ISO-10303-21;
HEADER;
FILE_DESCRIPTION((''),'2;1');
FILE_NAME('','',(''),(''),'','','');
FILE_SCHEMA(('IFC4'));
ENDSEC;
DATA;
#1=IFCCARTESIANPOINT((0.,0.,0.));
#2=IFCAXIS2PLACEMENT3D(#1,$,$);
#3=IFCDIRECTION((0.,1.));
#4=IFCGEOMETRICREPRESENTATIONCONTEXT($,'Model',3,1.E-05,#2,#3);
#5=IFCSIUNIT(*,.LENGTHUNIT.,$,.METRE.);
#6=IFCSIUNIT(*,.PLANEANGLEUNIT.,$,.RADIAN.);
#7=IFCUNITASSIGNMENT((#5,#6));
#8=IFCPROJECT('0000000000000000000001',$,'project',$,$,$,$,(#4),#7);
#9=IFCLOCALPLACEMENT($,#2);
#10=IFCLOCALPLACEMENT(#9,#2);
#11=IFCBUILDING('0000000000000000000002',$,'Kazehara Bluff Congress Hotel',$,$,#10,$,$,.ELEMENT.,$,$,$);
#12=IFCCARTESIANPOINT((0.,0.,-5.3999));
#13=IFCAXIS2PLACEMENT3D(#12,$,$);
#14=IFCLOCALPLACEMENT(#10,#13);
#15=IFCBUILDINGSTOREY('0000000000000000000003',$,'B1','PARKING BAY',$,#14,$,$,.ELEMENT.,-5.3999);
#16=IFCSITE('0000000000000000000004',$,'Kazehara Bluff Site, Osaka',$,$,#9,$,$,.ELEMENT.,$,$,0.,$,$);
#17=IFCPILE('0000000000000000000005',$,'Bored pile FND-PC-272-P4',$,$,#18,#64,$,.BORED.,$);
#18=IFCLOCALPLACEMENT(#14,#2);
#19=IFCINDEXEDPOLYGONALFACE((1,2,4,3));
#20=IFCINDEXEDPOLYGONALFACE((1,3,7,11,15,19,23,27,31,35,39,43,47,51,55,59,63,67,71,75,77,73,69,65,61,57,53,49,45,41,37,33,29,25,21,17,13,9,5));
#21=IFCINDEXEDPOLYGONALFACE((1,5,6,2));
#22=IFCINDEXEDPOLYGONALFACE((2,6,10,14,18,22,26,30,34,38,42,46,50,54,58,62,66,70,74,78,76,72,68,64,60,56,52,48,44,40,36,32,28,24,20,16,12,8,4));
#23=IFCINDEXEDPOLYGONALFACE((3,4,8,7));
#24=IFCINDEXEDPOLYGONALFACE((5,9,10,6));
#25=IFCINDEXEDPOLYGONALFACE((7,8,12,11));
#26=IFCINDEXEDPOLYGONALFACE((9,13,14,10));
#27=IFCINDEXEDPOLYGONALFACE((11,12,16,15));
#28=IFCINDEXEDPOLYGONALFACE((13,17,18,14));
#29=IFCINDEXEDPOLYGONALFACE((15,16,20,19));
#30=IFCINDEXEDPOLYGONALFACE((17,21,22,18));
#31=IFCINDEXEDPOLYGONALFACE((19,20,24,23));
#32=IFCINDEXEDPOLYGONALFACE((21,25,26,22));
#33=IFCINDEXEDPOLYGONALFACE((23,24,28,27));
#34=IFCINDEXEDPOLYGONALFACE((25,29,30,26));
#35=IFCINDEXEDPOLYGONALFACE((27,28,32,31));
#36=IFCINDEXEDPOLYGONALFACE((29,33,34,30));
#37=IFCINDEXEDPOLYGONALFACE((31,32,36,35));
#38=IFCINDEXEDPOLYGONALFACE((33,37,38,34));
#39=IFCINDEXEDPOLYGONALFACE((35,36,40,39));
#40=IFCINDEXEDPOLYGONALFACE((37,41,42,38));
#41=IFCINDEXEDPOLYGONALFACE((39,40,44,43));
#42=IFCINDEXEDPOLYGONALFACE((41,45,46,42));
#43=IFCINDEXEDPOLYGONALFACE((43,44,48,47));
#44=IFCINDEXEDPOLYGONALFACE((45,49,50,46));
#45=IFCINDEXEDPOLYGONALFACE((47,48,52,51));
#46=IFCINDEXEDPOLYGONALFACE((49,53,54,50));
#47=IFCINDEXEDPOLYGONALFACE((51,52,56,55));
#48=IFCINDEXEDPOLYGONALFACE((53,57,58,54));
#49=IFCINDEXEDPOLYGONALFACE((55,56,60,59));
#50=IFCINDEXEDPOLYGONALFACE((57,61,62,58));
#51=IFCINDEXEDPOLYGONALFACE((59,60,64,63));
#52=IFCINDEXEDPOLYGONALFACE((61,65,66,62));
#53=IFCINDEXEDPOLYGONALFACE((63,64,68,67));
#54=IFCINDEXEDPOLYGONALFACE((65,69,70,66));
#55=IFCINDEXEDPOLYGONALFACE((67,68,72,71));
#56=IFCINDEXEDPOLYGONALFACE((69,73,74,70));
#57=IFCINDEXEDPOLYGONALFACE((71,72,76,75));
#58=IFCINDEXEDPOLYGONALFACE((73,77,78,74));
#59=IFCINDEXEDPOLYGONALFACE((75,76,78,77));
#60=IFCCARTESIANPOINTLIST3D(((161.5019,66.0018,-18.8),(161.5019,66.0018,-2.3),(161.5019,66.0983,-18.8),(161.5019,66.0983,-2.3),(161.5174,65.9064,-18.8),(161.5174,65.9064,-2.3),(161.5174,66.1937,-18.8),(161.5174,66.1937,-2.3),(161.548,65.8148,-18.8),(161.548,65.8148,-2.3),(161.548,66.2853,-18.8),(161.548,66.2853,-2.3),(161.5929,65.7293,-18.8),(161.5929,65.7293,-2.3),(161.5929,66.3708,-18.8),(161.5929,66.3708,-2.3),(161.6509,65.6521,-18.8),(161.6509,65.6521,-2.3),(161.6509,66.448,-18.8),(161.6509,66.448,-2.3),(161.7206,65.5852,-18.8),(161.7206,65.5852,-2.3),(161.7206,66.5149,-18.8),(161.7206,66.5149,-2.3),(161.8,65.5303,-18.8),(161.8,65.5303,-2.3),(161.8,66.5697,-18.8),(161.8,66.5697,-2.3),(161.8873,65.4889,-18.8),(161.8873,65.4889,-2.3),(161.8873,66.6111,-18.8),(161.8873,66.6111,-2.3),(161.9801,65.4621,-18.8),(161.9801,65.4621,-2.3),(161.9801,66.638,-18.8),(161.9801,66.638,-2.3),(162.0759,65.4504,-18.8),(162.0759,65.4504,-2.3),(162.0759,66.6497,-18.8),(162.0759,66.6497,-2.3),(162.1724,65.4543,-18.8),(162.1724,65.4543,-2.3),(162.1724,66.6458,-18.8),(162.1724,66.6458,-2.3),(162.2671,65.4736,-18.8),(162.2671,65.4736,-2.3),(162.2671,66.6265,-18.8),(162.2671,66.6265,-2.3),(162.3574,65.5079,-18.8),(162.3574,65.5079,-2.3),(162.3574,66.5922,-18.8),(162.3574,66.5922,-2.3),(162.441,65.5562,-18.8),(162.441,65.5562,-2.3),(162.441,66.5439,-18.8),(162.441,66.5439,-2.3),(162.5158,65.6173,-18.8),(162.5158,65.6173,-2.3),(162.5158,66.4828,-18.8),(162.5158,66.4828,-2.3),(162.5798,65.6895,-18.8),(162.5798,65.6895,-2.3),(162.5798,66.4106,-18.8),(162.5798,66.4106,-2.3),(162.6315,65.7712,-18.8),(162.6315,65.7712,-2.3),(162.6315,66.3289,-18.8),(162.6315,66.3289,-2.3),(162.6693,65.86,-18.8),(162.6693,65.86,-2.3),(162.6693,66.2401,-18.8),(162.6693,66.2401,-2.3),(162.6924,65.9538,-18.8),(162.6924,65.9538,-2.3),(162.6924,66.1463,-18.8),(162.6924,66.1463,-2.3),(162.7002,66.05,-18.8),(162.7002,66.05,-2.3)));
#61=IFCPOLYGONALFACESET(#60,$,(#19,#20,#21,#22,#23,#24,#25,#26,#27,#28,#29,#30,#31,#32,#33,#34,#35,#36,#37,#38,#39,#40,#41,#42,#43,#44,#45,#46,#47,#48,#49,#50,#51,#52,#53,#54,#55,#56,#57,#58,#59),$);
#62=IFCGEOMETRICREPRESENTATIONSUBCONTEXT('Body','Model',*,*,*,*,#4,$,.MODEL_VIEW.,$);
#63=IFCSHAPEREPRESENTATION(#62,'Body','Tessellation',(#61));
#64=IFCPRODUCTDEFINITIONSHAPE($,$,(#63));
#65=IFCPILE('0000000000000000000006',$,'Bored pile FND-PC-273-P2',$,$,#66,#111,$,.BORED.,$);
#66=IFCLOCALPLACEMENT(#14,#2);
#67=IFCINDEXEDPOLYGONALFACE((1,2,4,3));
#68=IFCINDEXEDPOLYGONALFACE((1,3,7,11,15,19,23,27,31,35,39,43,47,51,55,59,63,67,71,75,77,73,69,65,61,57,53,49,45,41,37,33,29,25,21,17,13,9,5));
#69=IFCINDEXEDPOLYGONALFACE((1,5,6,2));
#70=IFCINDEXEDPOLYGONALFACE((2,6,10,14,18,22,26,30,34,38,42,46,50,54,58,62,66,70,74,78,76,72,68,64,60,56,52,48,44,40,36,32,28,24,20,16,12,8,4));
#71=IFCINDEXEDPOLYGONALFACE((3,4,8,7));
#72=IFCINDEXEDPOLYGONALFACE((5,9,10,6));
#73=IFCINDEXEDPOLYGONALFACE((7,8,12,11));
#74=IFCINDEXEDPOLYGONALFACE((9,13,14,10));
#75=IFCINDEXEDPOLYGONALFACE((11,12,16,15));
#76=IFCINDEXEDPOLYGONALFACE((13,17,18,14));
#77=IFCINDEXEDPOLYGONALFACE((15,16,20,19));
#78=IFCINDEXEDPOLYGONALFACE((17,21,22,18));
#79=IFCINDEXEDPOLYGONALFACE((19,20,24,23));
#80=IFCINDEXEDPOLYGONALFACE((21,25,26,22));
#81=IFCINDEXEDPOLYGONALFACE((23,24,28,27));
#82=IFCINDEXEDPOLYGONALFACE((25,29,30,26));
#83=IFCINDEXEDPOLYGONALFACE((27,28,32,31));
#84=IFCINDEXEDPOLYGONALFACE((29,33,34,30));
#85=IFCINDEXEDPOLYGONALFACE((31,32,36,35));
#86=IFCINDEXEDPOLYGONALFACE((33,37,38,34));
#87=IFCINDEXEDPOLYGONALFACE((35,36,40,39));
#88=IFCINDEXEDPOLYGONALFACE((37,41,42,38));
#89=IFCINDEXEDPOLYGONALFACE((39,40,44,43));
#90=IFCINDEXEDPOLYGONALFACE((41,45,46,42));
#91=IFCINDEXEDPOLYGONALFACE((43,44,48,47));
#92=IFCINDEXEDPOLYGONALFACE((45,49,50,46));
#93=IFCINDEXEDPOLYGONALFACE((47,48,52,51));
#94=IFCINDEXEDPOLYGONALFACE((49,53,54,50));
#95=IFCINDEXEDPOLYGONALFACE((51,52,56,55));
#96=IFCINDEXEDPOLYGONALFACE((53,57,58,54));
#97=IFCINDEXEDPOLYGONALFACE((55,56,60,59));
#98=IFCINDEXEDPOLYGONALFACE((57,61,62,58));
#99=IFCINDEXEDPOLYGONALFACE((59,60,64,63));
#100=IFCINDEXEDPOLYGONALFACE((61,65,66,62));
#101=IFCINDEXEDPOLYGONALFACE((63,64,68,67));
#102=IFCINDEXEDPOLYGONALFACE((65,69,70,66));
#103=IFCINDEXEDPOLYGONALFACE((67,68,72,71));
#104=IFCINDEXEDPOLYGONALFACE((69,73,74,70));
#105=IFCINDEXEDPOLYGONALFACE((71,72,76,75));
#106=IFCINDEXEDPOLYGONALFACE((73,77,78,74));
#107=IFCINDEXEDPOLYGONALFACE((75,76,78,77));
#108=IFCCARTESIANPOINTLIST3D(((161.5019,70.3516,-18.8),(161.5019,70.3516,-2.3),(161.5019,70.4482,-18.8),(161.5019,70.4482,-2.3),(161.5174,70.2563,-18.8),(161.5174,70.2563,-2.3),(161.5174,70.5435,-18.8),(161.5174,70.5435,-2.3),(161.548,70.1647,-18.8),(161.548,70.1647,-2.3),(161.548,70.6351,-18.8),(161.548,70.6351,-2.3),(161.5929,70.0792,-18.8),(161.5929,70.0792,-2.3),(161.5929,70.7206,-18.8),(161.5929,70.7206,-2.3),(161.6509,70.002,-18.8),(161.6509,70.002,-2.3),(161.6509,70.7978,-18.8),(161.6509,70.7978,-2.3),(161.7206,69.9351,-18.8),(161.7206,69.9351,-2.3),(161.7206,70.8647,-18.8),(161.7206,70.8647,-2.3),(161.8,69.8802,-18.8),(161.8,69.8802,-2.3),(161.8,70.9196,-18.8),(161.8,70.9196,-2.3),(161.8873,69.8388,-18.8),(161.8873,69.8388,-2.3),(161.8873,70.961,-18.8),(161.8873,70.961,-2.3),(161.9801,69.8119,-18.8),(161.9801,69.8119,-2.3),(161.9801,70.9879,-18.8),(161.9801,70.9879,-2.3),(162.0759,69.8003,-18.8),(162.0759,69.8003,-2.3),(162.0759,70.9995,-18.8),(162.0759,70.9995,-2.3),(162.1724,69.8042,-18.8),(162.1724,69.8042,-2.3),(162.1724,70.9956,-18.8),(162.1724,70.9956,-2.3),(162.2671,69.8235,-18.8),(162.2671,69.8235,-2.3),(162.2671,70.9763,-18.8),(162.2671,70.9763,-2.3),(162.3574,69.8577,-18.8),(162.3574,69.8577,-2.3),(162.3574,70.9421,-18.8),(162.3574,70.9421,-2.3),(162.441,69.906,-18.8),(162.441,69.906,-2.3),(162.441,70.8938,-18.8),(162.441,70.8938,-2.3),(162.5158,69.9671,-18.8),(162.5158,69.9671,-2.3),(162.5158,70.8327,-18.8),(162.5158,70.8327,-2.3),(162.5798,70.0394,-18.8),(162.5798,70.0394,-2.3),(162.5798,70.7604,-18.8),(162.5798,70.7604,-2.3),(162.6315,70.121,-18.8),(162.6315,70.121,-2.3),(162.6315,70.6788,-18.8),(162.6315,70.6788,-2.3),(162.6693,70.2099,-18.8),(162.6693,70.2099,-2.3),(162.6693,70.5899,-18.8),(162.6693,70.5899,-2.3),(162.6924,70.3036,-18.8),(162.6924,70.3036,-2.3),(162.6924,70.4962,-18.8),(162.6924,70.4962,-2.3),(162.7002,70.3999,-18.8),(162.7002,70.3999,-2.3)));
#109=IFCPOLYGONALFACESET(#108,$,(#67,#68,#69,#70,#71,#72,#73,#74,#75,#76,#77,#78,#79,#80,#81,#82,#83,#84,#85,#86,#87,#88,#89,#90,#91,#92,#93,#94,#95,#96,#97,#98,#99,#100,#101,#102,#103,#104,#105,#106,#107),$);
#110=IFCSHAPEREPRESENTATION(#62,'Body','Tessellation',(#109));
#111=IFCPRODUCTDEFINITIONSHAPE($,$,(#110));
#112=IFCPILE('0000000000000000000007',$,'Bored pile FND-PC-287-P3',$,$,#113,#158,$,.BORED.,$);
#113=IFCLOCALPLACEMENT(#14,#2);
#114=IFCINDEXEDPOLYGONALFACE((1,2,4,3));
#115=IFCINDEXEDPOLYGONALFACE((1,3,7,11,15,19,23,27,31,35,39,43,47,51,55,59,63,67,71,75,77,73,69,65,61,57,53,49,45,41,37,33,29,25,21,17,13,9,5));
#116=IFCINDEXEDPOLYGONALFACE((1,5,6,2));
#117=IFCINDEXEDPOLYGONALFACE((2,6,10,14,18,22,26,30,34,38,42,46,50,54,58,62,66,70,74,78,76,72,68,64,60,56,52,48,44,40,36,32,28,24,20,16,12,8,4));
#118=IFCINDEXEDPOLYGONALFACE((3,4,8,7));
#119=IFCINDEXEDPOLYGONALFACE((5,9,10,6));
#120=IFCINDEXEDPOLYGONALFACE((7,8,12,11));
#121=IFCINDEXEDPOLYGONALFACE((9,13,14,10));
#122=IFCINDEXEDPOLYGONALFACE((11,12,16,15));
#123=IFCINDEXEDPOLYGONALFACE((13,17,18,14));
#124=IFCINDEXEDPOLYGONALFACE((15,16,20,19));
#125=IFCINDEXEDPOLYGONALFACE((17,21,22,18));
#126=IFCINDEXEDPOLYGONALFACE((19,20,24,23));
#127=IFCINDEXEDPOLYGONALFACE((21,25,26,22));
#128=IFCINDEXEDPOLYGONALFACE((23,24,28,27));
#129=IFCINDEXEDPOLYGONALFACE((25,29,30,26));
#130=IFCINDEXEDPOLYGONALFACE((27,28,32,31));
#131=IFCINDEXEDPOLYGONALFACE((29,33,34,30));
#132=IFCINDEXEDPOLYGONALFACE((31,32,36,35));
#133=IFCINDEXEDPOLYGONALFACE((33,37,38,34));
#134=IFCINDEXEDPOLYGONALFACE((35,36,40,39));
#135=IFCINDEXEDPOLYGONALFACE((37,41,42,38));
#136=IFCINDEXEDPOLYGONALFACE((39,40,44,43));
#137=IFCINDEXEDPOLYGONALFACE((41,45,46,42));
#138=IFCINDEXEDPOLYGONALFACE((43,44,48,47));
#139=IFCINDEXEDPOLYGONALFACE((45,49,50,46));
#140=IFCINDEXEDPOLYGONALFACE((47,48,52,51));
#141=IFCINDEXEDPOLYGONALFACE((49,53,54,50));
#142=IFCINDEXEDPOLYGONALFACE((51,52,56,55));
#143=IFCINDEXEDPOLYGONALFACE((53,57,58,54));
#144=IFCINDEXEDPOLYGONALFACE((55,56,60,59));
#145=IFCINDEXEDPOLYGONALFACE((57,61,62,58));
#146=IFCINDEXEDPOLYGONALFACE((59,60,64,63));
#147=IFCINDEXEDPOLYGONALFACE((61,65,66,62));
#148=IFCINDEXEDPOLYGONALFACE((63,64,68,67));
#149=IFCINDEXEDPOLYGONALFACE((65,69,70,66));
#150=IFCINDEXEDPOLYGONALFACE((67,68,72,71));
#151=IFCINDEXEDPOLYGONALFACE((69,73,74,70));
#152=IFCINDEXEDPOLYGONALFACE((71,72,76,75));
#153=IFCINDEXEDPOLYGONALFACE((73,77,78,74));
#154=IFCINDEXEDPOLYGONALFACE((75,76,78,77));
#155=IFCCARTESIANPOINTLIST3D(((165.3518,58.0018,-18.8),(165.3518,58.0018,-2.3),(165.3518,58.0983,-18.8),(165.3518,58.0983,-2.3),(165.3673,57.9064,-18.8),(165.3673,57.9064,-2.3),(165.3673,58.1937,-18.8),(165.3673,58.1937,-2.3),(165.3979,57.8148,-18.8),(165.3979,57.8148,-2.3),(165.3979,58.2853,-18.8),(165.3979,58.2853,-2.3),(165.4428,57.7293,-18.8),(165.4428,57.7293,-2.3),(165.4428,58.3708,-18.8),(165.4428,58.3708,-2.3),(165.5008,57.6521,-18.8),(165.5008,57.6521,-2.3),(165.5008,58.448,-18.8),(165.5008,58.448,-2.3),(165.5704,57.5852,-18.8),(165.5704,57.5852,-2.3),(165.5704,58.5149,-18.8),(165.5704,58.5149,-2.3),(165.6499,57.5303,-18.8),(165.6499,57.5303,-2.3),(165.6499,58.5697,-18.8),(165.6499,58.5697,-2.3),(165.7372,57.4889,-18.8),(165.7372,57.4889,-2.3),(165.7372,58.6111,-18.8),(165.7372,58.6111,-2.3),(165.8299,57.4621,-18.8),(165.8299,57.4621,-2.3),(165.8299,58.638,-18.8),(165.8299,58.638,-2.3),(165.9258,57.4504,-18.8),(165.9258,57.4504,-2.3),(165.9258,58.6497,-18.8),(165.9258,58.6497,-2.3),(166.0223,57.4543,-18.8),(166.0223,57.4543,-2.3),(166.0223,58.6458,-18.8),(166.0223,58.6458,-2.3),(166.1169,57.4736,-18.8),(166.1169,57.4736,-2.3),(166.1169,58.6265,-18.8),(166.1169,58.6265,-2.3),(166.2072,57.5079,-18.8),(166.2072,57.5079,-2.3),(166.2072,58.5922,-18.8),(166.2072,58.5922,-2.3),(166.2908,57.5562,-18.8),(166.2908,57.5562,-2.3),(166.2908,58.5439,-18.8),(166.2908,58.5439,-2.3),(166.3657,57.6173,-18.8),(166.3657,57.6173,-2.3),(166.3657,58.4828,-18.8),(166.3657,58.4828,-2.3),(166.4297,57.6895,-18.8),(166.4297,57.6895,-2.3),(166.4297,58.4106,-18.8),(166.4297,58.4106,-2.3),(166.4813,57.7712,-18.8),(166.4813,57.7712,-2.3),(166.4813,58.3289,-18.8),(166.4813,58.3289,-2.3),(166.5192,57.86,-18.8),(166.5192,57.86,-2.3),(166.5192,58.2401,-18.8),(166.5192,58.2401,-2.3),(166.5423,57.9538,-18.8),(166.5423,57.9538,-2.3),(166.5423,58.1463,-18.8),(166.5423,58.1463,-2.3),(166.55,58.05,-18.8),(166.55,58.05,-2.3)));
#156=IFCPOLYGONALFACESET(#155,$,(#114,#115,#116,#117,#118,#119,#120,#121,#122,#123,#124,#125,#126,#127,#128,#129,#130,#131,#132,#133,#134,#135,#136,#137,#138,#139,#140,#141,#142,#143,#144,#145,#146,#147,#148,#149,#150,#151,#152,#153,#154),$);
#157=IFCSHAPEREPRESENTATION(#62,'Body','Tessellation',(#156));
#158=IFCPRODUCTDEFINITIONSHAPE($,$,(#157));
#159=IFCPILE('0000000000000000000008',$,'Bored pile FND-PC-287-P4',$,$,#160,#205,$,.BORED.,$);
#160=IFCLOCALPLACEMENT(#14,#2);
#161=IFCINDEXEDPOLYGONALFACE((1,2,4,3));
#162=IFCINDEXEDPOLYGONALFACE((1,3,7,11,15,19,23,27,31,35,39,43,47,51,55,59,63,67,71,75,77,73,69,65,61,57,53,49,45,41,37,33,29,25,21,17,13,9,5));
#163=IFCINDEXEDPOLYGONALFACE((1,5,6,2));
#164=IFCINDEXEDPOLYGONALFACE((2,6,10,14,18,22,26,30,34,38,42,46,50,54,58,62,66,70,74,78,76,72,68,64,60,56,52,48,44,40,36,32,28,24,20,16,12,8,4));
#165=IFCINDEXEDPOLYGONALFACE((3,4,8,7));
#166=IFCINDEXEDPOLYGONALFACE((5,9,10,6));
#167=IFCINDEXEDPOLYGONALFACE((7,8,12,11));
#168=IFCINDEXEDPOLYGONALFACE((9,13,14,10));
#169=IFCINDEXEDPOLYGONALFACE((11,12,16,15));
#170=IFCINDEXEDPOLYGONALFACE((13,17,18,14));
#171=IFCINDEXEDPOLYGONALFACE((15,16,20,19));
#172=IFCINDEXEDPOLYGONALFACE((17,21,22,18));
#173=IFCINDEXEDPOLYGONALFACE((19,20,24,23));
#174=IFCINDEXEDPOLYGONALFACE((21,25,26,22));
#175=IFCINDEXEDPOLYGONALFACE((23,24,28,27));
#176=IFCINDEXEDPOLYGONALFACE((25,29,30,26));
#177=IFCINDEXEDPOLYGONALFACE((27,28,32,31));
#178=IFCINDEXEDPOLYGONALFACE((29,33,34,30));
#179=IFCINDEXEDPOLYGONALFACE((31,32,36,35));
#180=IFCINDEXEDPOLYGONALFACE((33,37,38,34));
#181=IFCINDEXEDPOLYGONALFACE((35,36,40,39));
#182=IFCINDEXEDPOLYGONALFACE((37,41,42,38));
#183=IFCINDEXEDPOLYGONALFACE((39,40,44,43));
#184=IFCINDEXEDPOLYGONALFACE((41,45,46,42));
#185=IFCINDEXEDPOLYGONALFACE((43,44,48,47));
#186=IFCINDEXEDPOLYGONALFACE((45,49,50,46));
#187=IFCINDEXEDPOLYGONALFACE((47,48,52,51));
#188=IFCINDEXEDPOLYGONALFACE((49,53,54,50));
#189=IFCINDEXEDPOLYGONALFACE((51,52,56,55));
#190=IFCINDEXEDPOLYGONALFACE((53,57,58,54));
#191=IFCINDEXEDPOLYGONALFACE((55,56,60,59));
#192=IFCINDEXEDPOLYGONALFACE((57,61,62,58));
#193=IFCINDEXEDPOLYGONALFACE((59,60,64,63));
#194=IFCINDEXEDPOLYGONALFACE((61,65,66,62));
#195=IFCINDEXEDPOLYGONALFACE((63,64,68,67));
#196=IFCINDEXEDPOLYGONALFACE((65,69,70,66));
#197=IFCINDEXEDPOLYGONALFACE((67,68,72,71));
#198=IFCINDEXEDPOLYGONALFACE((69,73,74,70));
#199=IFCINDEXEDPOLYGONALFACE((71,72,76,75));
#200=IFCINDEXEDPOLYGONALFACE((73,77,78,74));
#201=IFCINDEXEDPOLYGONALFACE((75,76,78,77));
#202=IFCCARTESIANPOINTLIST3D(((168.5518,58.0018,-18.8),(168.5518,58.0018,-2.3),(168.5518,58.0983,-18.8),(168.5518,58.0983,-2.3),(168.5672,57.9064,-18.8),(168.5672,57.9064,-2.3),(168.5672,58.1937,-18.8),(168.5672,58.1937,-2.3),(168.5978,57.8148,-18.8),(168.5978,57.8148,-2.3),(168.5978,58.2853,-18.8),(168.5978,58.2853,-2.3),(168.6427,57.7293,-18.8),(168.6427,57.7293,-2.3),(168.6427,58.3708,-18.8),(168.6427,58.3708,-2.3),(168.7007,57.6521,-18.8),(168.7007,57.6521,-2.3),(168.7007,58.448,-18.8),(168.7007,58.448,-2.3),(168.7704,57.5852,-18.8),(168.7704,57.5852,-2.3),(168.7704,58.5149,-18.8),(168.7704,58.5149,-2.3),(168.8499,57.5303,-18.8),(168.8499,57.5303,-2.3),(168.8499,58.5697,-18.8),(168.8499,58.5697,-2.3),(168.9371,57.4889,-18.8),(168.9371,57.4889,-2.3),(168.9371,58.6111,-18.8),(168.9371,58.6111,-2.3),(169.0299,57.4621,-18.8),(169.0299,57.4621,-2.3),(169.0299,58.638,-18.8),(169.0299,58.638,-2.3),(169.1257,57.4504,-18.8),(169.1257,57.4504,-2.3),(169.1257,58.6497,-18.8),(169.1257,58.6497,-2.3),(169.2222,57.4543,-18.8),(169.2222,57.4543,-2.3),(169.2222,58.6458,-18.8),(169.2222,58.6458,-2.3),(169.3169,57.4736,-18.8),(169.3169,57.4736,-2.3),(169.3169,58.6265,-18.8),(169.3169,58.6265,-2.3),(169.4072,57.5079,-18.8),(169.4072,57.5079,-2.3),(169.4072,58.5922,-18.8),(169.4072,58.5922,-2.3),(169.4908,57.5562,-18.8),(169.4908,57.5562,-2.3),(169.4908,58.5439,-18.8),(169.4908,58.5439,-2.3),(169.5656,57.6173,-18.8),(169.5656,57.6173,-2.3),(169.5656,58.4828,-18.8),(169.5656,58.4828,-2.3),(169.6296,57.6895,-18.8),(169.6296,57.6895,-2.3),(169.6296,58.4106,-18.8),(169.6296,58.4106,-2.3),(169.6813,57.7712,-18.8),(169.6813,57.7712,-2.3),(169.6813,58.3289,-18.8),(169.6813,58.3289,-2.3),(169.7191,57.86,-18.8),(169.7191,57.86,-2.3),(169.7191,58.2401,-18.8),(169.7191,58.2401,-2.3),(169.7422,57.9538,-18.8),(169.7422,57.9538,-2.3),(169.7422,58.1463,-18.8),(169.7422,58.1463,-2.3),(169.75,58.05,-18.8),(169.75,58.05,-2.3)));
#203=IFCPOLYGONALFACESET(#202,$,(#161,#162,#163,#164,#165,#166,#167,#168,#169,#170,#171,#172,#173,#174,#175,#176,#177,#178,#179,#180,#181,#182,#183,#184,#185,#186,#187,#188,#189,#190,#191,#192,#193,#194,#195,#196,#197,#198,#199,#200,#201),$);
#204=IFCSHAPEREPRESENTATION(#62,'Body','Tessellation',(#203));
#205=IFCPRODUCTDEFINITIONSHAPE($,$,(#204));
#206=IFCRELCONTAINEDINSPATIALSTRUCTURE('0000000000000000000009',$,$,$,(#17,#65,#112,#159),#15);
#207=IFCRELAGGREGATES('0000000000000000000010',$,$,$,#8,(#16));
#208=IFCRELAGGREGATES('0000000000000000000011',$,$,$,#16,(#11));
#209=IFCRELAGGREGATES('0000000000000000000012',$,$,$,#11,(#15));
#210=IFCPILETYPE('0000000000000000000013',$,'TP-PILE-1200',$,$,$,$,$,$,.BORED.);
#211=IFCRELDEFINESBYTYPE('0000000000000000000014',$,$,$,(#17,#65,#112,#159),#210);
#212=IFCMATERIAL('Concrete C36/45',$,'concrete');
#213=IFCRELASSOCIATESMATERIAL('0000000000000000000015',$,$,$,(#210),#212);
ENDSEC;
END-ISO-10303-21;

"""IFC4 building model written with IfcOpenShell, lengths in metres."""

from ifc_helpers import new_model, si_unit, direction, frame, origin, origin_2d, place, context, subcontext, project, spatial, circle, extrude, material, material_profile, profile_set, type_object, element, save


model = new_model("IFC4")

# Units and contexts
model_context = context("Model", 3, precision=1e-05, world=origin(), true_north=direction((0.0, 1.0)))
body_context = subcontext(model_context, "Body", "Model", "MODEL_VIEW")
ifc_project = project(units=[si_unit("LENGTHUNIT", "METRE"), si_unit("PLANEANGLEUNIT", "RADIAN")], contexts=[model_context])

# Site, building, storey
site_placement = place(None, origin())
site = spatial("IfcSite", under=ifc_project, at=site_placement, Name="Kazehara Bluff Site, Osaka", CompositionType="ELEMENT", RefElevation=0.0)
building_placement = place(site_placement, origin())
building = spatial("IfcBuilding", under=site, at=building_placement, Name="Kazehara Bluff Congress Hotel", CompositionType="ELEMENT")
storey_placement = place(building_placement, frame((0.0, 0.0, -5.3999)))
storey = spatial("IfcBuildingStorey", under=building, at=storey_placement, Name="B1", Description="PARKING BAY", CompositionType="ELEMENT", Elevation=-5.3999)

# Piles
ifc_material_1 = material(Name="Concrete C36/45", Category="concrete")
ifc_material_profile_1 = material_profile(ifc_material_1, circle(Radius=0.6001, at=origin_2d()))
ifc_profile_set_1 = profile_set([ifc_material_profile_1], Name="Concrete C36/45")
pile_type = type_object("IfcPileType", Name="TP-PILE-1200", PredefinedType="BORED", material=ifc_profile_set_1)
for number, where, z_axis, x_axis, name in (
    (1, (162.1001, 66.05, -2.3), (0.0, 0.0, -1.0), (1.0, 0.0, 0.0), "Bored pile FND-PC-272-P4"),
    (2, (162.1001, 70.3999, -2.3), (0.0, 0.0, -1.0), (1.0, 0.0, 0.0), "Bored pile FND-PC-273-P2"),
    (3, (165.95, 58.05, -2.3), (0.0, 0.0, -1.0), (1.0, 0.0, 0.0), "Bored pile FND-PC-287-P3"),
    (4, (169.1499, 58.05, -2.3), (0.0, 0.0, -1.0), (1.0, 0.0, 0.0), "Bored pile FND-PC-287-P4"),
):
    element("IfcPile", number, at=place(storey_placement, frame(where, z_axis=z_axis, x_axis=x_axis)), inside=storey, type_object=pile_type, Name=name, PredefinedType="BORED", context=body_context, shape_type="SweptSolid", body=[
        extrude(circle(Radius=0.6001, at=origin_2d()), origin(), (0.0, 0.0, 1.0), 16.5),
    ])

save(model, "model.ifc")
